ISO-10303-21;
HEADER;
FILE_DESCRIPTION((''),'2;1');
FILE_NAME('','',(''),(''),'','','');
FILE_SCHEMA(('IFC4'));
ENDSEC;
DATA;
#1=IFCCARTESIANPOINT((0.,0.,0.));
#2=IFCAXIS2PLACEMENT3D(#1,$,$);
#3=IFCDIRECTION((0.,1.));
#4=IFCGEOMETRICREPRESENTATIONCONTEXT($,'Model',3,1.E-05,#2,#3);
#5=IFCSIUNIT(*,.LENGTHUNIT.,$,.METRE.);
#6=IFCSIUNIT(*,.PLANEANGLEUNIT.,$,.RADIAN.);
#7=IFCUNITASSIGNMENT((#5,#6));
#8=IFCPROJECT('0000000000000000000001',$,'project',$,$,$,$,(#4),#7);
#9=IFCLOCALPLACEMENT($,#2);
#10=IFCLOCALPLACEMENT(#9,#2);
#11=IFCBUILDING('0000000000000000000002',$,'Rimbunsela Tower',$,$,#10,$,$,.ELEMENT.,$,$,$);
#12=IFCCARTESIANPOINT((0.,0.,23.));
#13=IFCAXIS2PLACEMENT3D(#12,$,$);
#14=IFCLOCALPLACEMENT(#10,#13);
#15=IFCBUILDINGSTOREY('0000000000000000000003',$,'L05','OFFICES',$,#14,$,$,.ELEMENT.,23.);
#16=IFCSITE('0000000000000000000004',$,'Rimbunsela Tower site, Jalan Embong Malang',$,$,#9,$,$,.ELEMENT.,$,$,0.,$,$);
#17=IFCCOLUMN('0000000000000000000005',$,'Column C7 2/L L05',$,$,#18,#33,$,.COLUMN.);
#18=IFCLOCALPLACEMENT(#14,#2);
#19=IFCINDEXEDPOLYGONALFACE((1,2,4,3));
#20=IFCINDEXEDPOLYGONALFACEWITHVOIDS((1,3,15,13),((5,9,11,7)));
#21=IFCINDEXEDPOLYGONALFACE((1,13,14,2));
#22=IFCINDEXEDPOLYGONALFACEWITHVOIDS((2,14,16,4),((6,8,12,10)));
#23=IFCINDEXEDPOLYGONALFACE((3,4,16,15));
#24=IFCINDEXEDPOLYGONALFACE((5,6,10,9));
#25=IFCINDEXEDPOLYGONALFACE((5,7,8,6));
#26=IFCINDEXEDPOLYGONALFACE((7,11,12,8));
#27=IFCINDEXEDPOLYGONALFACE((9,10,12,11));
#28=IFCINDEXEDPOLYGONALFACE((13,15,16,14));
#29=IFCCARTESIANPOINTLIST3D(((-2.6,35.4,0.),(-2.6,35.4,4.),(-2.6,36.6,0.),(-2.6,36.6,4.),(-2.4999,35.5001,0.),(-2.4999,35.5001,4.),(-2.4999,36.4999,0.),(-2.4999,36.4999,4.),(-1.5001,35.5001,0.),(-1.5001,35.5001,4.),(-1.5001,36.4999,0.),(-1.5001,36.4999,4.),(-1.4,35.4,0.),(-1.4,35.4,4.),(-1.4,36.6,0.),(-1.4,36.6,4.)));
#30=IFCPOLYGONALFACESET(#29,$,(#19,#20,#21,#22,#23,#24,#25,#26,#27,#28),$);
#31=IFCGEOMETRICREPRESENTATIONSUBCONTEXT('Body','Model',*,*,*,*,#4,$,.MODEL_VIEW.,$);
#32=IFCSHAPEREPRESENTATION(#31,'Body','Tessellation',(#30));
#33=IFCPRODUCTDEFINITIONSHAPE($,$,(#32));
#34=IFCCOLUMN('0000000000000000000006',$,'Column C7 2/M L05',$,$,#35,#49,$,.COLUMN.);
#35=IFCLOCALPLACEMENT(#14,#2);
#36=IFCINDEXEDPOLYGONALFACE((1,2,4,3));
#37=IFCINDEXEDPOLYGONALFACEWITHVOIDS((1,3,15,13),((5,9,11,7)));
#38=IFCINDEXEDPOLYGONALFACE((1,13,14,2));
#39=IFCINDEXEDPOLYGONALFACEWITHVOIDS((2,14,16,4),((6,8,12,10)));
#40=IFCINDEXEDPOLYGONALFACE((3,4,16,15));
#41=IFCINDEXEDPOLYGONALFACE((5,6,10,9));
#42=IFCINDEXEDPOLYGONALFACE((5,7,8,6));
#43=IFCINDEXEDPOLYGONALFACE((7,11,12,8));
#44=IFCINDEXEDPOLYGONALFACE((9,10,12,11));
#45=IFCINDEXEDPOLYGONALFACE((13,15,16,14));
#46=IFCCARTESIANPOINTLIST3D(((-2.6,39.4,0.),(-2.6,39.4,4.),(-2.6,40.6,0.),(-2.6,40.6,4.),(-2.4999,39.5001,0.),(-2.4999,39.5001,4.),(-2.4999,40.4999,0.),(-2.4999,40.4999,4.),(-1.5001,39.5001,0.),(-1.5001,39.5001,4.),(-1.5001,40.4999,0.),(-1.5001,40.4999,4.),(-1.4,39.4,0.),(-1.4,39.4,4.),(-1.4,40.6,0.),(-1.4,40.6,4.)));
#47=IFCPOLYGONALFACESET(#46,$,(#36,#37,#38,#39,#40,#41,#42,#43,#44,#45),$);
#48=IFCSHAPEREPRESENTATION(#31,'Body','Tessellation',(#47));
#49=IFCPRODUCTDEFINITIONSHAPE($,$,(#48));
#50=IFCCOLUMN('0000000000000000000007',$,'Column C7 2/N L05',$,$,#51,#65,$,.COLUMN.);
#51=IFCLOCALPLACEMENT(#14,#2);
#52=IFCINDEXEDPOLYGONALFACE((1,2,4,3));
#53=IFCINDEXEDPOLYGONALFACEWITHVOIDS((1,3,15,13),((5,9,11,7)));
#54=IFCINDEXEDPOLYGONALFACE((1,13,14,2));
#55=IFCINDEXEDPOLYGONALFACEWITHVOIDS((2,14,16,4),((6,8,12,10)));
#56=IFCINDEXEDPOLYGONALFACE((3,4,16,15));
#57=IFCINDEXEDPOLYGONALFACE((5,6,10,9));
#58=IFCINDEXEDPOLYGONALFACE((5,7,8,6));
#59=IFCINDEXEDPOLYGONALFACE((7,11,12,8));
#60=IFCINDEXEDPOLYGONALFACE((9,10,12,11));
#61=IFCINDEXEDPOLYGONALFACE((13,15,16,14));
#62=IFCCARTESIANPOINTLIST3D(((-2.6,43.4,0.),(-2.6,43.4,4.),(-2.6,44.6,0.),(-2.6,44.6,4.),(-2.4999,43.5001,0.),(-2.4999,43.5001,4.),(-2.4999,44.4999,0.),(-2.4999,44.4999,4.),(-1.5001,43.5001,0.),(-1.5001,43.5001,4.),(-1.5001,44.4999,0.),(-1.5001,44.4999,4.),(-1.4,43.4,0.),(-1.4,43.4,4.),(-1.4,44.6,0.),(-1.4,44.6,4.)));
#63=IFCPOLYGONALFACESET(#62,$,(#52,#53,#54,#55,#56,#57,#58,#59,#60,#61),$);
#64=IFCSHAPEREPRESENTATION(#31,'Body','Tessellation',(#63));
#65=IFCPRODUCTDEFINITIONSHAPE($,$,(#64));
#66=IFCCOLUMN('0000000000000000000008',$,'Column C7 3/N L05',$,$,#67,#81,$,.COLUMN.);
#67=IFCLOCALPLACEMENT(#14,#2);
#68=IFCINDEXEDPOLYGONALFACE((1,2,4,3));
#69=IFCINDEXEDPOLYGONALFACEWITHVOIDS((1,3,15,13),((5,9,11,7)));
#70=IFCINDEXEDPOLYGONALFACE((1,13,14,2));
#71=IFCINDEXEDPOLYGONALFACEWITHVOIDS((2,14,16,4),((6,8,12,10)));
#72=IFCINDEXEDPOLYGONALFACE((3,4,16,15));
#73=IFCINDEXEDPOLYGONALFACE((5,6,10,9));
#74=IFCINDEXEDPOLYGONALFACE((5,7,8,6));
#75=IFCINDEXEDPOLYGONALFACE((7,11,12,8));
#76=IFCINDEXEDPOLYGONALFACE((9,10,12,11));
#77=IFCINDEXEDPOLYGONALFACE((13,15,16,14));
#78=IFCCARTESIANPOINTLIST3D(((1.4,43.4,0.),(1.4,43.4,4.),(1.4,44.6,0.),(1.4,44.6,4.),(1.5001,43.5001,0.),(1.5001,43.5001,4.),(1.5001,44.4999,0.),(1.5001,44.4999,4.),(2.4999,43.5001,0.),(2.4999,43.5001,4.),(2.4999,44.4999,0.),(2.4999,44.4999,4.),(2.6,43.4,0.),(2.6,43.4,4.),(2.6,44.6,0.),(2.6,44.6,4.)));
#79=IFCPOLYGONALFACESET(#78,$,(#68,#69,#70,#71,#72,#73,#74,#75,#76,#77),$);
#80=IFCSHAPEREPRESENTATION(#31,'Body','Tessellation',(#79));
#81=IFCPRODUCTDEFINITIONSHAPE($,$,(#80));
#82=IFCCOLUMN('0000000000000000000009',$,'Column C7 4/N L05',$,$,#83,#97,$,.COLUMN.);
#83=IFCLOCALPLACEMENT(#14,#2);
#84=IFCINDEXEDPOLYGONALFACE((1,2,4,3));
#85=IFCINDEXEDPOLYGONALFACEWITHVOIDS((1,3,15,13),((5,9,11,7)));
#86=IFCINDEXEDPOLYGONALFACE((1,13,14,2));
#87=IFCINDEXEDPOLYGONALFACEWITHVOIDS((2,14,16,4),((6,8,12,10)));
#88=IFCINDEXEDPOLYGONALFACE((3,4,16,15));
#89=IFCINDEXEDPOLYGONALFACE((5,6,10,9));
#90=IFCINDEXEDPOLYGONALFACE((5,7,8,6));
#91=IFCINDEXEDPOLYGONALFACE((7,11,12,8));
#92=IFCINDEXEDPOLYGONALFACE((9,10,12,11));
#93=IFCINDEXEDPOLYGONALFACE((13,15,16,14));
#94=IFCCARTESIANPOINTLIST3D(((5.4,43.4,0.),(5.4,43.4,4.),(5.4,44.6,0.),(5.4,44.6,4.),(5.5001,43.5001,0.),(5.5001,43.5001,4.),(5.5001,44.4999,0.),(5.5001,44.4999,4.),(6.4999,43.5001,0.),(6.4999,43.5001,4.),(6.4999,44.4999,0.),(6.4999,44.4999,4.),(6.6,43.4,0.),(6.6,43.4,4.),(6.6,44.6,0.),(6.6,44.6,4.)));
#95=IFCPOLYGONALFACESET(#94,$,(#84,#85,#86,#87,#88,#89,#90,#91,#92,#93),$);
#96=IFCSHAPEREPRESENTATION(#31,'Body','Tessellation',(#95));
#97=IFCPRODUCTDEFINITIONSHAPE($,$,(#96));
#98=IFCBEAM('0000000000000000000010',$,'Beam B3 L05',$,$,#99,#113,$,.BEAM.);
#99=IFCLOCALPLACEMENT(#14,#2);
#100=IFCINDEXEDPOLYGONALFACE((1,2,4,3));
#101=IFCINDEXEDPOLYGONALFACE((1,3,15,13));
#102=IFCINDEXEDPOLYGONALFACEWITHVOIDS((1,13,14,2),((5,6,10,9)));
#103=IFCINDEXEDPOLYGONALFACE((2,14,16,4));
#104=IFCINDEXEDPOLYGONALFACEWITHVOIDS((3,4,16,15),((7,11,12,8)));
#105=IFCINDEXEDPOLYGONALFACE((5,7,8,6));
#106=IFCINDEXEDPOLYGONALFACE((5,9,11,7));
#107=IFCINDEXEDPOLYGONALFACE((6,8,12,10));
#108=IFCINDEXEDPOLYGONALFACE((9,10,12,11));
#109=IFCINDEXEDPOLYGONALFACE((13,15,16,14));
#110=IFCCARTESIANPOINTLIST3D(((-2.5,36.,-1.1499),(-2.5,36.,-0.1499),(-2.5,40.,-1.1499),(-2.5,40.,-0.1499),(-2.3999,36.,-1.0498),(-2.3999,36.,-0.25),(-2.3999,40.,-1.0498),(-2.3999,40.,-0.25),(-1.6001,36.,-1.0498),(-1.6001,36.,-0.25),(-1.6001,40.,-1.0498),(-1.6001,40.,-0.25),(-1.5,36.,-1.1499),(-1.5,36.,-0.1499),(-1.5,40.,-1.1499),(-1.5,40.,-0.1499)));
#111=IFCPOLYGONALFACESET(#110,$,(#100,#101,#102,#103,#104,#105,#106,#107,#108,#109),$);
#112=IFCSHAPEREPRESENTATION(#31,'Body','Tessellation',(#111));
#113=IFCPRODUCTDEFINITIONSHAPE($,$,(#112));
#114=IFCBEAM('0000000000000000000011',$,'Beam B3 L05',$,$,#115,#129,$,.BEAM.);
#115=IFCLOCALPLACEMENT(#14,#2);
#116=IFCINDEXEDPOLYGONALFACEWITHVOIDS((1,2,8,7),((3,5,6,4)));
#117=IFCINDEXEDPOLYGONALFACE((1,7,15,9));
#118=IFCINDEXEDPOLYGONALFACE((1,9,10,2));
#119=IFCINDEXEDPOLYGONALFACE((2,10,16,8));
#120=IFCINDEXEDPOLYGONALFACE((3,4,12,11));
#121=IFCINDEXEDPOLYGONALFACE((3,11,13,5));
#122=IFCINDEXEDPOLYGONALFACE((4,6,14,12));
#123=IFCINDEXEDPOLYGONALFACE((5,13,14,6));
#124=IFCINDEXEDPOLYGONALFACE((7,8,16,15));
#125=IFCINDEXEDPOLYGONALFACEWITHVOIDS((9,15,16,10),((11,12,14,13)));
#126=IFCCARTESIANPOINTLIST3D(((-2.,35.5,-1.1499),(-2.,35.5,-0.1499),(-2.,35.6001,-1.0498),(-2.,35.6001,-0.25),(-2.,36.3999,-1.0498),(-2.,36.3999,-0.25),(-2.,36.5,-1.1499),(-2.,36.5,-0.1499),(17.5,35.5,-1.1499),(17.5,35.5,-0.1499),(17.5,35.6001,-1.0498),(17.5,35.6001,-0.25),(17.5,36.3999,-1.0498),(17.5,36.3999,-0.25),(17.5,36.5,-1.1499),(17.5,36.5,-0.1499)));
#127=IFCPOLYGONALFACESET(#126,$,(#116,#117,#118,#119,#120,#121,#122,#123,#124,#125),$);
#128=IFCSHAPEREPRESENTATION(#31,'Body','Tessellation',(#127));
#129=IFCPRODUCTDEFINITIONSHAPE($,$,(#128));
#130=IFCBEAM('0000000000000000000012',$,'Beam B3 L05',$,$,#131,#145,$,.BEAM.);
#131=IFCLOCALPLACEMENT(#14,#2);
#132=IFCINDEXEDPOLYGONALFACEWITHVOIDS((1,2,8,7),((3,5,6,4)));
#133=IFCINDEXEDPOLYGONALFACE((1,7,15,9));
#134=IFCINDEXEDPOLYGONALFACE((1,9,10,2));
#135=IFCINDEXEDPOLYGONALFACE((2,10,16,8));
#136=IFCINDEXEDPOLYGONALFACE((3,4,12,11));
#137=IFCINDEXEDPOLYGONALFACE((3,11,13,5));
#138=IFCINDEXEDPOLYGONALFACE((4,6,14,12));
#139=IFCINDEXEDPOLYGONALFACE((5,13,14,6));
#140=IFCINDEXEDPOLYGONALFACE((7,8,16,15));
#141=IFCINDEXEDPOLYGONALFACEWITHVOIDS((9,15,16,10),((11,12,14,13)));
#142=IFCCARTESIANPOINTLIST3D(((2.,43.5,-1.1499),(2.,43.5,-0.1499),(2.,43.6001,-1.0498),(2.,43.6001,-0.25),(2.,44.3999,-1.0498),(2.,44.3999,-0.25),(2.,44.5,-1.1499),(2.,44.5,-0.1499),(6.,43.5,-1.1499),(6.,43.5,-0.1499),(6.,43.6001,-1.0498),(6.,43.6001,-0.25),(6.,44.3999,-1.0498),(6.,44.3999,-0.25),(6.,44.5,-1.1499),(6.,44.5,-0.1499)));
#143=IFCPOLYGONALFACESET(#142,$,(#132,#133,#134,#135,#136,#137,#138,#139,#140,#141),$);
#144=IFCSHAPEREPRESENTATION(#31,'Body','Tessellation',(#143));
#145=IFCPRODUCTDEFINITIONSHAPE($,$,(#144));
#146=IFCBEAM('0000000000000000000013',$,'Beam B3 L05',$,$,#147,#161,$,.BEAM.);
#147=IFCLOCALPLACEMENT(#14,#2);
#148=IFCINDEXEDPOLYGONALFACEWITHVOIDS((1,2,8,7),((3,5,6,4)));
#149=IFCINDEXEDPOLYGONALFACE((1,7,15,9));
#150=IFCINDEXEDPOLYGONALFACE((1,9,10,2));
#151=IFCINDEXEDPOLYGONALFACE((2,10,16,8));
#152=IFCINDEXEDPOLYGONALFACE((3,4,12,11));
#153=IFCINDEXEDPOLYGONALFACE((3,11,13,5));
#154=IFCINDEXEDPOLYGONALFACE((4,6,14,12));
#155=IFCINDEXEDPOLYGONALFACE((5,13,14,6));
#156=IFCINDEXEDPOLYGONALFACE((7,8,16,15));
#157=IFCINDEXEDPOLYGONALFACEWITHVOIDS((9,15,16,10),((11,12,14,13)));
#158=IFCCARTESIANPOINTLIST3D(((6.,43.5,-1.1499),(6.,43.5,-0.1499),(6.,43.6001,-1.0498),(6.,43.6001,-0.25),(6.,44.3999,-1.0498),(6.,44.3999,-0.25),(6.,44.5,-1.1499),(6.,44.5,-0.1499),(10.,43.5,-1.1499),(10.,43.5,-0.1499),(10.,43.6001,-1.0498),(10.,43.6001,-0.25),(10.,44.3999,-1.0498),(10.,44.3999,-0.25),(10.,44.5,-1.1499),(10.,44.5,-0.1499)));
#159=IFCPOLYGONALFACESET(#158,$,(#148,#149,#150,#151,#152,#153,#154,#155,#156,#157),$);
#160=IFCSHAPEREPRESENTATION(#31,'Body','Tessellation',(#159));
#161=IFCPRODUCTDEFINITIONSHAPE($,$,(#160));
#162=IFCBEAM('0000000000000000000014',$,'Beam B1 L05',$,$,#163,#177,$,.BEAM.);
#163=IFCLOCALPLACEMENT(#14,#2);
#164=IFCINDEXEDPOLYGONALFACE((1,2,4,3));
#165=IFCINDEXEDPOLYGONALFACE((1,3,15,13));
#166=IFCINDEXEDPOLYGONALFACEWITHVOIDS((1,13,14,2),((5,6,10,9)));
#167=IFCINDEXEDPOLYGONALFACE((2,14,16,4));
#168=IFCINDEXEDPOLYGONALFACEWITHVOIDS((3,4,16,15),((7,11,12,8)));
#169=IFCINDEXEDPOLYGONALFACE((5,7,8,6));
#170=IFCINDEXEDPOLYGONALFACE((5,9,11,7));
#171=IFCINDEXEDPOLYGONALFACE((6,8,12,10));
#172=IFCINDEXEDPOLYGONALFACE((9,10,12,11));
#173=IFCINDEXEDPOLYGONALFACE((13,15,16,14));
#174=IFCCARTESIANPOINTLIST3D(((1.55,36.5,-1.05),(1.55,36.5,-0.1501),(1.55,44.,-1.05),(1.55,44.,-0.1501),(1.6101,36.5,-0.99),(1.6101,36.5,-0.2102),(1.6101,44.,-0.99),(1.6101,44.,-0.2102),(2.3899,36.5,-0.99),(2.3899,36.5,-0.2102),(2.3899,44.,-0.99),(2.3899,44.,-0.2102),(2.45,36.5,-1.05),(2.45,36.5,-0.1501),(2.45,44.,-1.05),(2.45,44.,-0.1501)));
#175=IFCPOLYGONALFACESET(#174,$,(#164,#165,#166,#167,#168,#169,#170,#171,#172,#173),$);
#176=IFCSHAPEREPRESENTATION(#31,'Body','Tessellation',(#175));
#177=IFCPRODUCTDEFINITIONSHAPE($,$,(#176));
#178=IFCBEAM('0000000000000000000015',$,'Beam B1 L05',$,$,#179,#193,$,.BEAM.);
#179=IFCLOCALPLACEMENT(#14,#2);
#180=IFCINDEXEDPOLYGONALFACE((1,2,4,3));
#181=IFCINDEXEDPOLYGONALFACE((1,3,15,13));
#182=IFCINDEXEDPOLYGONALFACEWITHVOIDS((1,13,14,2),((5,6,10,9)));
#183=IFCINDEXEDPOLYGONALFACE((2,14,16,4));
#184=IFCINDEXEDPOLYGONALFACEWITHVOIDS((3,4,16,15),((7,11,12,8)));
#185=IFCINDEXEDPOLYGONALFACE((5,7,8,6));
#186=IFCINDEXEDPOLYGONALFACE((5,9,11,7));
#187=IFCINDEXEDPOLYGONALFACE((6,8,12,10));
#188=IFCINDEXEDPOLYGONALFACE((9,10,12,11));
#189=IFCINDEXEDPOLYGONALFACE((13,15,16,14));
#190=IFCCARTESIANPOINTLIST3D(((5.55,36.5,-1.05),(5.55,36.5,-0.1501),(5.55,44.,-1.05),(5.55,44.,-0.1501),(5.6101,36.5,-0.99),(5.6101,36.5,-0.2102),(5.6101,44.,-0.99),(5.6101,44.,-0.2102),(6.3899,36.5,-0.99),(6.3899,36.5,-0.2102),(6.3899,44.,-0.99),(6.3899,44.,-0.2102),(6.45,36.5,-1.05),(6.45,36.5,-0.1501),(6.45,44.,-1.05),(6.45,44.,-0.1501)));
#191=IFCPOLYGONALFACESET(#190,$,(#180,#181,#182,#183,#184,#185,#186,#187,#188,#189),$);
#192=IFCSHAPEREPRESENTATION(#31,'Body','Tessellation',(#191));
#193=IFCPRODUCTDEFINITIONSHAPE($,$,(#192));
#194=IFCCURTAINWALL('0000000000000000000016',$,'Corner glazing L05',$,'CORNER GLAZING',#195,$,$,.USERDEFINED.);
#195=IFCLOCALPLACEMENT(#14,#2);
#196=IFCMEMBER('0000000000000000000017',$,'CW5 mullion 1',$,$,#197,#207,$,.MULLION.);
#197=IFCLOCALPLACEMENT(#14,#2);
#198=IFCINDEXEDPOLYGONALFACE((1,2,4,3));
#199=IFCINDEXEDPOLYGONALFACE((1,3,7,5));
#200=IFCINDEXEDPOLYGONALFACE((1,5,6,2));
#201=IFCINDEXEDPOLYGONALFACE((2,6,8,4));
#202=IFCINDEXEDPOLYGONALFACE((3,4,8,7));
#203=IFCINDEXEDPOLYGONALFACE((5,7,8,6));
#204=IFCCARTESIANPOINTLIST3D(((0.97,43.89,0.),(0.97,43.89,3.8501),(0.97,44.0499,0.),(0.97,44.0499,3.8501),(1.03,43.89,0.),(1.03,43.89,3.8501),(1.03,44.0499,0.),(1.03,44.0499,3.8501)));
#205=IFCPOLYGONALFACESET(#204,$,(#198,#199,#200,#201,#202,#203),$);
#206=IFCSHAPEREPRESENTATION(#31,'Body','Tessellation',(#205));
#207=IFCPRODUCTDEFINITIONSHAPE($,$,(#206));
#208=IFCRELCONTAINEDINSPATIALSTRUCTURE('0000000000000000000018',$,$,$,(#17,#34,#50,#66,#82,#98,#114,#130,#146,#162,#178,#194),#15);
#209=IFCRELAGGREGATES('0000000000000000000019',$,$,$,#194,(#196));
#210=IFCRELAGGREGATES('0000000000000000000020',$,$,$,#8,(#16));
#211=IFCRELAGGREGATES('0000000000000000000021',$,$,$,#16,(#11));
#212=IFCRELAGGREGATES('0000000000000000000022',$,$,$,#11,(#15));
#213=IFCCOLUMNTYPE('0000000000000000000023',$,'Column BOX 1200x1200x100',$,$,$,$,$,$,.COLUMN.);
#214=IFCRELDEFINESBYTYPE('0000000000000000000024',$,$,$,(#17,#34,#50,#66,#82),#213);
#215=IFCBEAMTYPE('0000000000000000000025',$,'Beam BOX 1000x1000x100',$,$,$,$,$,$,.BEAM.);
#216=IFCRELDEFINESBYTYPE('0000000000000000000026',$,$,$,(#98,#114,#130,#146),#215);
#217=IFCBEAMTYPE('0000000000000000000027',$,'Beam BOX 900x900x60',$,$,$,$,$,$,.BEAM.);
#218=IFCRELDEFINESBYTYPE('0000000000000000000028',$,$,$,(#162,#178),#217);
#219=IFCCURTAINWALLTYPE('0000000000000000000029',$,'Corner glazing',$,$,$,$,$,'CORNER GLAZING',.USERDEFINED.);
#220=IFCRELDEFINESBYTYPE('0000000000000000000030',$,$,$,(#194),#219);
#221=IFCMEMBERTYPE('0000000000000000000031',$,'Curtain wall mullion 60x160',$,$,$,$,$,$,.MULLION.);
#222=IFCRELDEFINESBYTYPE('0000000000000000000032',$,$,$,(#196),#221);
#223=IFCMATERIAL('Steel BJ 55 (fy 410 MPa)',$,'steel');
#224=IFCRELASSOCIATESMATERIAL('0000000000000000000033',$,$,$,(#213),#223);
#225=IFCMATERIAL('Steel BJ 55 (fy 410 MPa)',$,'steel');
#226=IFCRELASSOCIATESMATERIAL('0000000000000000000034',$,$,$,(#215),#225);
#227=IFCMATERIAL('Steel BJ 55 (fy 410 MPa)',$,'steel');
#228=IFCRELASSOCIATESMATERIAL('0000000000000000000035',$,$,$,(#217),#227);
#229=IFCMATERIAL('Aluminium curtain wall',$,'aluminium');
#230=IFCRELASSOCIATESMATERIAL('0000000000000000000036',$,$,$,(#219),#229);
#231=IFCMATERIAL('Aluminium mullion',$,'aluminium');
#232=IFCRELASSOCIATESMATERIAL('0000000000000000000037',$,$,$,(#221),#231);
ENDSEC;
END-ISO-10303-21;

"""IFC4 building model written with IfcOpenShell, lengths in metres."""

from ifc_helpers import new_model, si_unit, direction, frame, origin, origin_2d, place, context, subcontext, project, spatial, rectangle, hollow_rectangle, extrude, material, material_profile, profile_set, type_object, element, aggregate, save


model = new_model("IFC4")

# Units and contexts
model_context = context("Model", 3, precision=1e-05, world=origin(), true_north=direction((0.0, 1.0)))
body_context = subcontext(model_context, "Body", "Model", "MODEL_VIEW")
ifc_project = project(units=[si_unit("LENGTHUNIT", "METRE"), si_unit("PLANEANGLEUNIT", "RADIAN")], contexts=[model_context])

# Site, building, storey
site_placement = place(None, origin())
site = spatial("IfcSite", under=ifc_project, at=site_placement, Name="Rimbunsela Tower site, Jalan Embong Malang", CompositionType="ELEMENT", RefElevation=0.0)
building_placement = place(site_placement, origin())
building = spatial("IfcBuilding", under=site, at=building_placement, Name="Rimbunsela Tower", CompositionType="ELEMENT")
storey_placement = place(building_placement, frame((0.0, 0.0, 23.0)))
storey = spatial("IfcBuildingStorey", under=building, at=storey_placement, Name="L05", Description="OFFICES", CompositionType="ELEMENT", Elevation=23.0)

# Columns
ifc_material_1 = material(Name="Steel BJ 55 (fy 410 MPa)", Category="steel")
ifc_material_profile_1 = material_profile(ifc_material_1, hollow_rectangle(XDim=1.2, YDim=1.2, WallThickness=0.1001, at=origin_2d()), Name="BOX 1200x1200x100")
ifc_profile_set_1 = profile_set([ifc_material_profile_1], Name="Steel BJ 55 (fy 410 MPa)")
column_type = type_object("IfcColumnType", Name="Column BOX 1200x1200x100", PredefinedType="COLUMN", material=ifc_profile_set_1)
for number, where, z_axis, x_axis, name in (
    (1, (-2.0, 36.0, 0.0), (0.0, 0.0, 1.0), (1.0, 0.0, 0.0), "Column C7 2/L L05"),
    (2, (-2.0, 40.0, 0.0), (0.0, 0.0, 1.0), (1.0, 0.0, 0.0), "Column C7 2/M L05"),
    (3, (-2.0, 44.0, 0.0), (0.0, 0.0, 1.0), (1.0, 0.0, 0.0), "Column C7 2/N L05"),
    (4, (2.0, 44.0, 0.0), (0.0, 0.0, 1.0), (1.0, 0.0, 0.0), "Column C7 3/N L05"),
    (5, (6.0, 44.0, 0.0), (0.0, 0.0, 1.0), (1.0, 0.0, 0.0), "Column C7 4/N L05"),
):
    element("IfcColumn", number, at=place(storey_placement, frame(where, z_axis=z_axis, x_axis=x_axis)), inside=storey, type_object=column_type, Name=name, PredefinedType="COLUMN", context=body_context, shape_type="SweptSolid", body=[
        extrude(hollow_rectangle(XDim=1.2, YDim=1.2, WallThickness=0.1001, at=origin_2d()), origin(), (0.0, 0.0, 1.0), 4.0),
    ])

# Beams
ifc_material_2 = material(Name="Steel BJ 55 (fy 410 MPa)", Category="steel")
ifc_material_profile_2 = material_profile(ifc_material_2, hollow_rectangle(XDim=1.0, YDim=1.0, WallThickness=0.1001, at=origin_2d()), Name="BOX 1000x1000x100")
ifc_profile_set_2 = profile_set([ifc_material_profile_2], Name="Steel BJ 55 (fy 410 MPa)")
beam_type_1 = type_object("IfcBeamType", Name="Beam BOX 1000x1000x100", PredefinedType="BEAM", material=ifc_profile_set_2)
beam_1_placement = place(storey_placement, frame((-2.0, 36.0, -0.6499), z_axis=(0.0, 1.0, 0.0), x_axis=(-1.0, 0.0, 0.0)))
element("IfcBeam", 6, at=beam_1_placement, inside=storey, type_object=beam_type_1, Name="Beam B3 L05", PredefinedType="BEAM", context=body_context, shape_type="SweptSolid", body=[
    extrude(hollow_rectangle(XDim=1.0, YDim=1.0, WallThickness=0.1001, at=origin_2d()), origin(), (0.0, 0.0, 1.0), 4.0),
])
beam_2_placement = place(storey_placement, frame((-2.0, 36.0, -0.6499), z_axis=(1.0, 0.0, 0.0), x_axis=(0.0, 1.0, 0.0)))
element("IfcBeam", 7, at=beam_2_placement, inside=storey, type_object=beam_type_1, Name="Beam B3 L05", PredefinedType="BEAM", context=body_context, shape_type="SweptSolid", body=[
    extrude(hollow_rectangle(XDim=1.0, YDim=1.0, WallThickness=0.1001, at=origin_2d()), origin(), (0.0, 0.0, 1.0), 19.5),
])
for number, where, z_axis, x_axis, name in (
    (8, (2.0, 44.0, -0.6499), (1.0, 0.0, 0.0), (0.0, 1.0, 0.0), "Beam B3 L05"),
    (9, (6.0, 44.0, -0.6499), (1.0, 0.0, 0.0), (0.0, 1.0, 0.0), "Beam B3 L05"),
):
    element("IfcBeam", number, at=place(storey_placement, frame(where, z_axis=z_axis, x_axis=x_axis)), inside=storey, type_object=beam_type_1, Name=name, PredefinedType="BEAM", context=body_context, shape_type="SweptSolid", body=[
        extrude(hollow_rectangle(XDim=1.0, YDim=1.0, WallThickness=0.1001, at=origin_2d()), origin(), (0.0, 0.0, 1.0), 4.0),
    ])
ifc_material_3 = material(Name="Steel BJ 55 (fy 410 MPa)", Category="steel")
ifc_material_profile_3 = material_profile(ifc_material_3, hollow_rectangle(XDim=0.8999, YDim=0.8999, WallThickness=0.0601, at=origin_2d()), Name="BOX 900x900x60")
ifc_profile_set_3 = profile_set([ifc_material_profile_3], Name="Steel BJ 55 (fy 410 MPa)")
beam_type_2 = type_object("IfcBeamType", Name="Beam BOX 900x900x60", PredefinedType="BEAM", material=ifc_profile_set_3)
for number, where, z_axis, x_axis, name in (
    (10, (2.0, 36.5, -0.6001), (0.0, 1.0, 0.0), (-1.0, 0.0, 0.0), "Beam B1 L05"),
    (11, (6.0, 36.5, -0.6001), (0.0, 1.0, 0.0), (-1.0, 0.0, 0.0), "Beam B1 L05"),
):
    element("IfcBeam", number, at=place(storey_placement, frame(where, z_axis=z_axis, x_axis=x_axis)), inside=storey, type_object=beam_type_2, Name=name, PredefinedType="BEAM", context=body_context, shape_type="SweptSolid", body=[
        extrude(hollow_rectangle(XDim=0.8999, YDim=0.8999, WallThickness=0.0601, at=origin_2d()), origin(), (0.0, 0.0, 1.0), 7.5),
    ])

# Curtain wall, member
ifc_material_4 = material(Name="Aluminium curtain wall", Category="aluminium")
curtain_wall_type = type_object("IfcCurtainWallType", Name="Corner glazing", ElementType="CORNER GLAZING", PredefinedType="USERDEFINED", material=ifc_material_4)
curtain_wall_1_placement = place(storey_placement, origin())
curtain_wall_1 = element("IfcCurtainWall", 12, at=curtain_wall_1_placement, inside=storey, type_object=curtain_wall_type, Name="Corner glazing L05", ObjectType="CORNER GLAZING", PredefinedType="USERDEFINED")
ifc_material_5 = material(Name="Aluminium mullion", Category="aluminium")
ifc_material_profile_4 = material_profile(ifc_material_5, rectangle(XDim=0.0601, YDim=0.1599, at=origin_2d()), Name="Mullion 60x160")
ifc_profile_set_4 = profile_set([ifc_material_profile_4], Name="Aluminium mullion")
member_type_1 = type_object("IfcMemberType", Name="Curtain wall mullion 60x160", PredefinedType="MULLION", material=ifc_profile_set_4)
member_1_placement = place(storey_placement, frame((1.0, 43.97, 0.0), z_axis=(0.0, 0.0, 1.0), x_axis=(1.0, 0.0, 0.0)))
member_1 = element("IfcMember", 13, at=member_1_placement, type_object=member_type_1, Name="CW5 mullion 1", PredefinedType="MULLION", context=body_context, shape_type="SweptSolid", body=[
    extrude(rectangle(XDim=0.0601, YDim=0.1599, at=origin_2d()), origin(), (0.0, 0.0, 1.0), 3.8501),
])

aggregate(curtain_wall_1, [member_1])

save(model, "model.ifc")
